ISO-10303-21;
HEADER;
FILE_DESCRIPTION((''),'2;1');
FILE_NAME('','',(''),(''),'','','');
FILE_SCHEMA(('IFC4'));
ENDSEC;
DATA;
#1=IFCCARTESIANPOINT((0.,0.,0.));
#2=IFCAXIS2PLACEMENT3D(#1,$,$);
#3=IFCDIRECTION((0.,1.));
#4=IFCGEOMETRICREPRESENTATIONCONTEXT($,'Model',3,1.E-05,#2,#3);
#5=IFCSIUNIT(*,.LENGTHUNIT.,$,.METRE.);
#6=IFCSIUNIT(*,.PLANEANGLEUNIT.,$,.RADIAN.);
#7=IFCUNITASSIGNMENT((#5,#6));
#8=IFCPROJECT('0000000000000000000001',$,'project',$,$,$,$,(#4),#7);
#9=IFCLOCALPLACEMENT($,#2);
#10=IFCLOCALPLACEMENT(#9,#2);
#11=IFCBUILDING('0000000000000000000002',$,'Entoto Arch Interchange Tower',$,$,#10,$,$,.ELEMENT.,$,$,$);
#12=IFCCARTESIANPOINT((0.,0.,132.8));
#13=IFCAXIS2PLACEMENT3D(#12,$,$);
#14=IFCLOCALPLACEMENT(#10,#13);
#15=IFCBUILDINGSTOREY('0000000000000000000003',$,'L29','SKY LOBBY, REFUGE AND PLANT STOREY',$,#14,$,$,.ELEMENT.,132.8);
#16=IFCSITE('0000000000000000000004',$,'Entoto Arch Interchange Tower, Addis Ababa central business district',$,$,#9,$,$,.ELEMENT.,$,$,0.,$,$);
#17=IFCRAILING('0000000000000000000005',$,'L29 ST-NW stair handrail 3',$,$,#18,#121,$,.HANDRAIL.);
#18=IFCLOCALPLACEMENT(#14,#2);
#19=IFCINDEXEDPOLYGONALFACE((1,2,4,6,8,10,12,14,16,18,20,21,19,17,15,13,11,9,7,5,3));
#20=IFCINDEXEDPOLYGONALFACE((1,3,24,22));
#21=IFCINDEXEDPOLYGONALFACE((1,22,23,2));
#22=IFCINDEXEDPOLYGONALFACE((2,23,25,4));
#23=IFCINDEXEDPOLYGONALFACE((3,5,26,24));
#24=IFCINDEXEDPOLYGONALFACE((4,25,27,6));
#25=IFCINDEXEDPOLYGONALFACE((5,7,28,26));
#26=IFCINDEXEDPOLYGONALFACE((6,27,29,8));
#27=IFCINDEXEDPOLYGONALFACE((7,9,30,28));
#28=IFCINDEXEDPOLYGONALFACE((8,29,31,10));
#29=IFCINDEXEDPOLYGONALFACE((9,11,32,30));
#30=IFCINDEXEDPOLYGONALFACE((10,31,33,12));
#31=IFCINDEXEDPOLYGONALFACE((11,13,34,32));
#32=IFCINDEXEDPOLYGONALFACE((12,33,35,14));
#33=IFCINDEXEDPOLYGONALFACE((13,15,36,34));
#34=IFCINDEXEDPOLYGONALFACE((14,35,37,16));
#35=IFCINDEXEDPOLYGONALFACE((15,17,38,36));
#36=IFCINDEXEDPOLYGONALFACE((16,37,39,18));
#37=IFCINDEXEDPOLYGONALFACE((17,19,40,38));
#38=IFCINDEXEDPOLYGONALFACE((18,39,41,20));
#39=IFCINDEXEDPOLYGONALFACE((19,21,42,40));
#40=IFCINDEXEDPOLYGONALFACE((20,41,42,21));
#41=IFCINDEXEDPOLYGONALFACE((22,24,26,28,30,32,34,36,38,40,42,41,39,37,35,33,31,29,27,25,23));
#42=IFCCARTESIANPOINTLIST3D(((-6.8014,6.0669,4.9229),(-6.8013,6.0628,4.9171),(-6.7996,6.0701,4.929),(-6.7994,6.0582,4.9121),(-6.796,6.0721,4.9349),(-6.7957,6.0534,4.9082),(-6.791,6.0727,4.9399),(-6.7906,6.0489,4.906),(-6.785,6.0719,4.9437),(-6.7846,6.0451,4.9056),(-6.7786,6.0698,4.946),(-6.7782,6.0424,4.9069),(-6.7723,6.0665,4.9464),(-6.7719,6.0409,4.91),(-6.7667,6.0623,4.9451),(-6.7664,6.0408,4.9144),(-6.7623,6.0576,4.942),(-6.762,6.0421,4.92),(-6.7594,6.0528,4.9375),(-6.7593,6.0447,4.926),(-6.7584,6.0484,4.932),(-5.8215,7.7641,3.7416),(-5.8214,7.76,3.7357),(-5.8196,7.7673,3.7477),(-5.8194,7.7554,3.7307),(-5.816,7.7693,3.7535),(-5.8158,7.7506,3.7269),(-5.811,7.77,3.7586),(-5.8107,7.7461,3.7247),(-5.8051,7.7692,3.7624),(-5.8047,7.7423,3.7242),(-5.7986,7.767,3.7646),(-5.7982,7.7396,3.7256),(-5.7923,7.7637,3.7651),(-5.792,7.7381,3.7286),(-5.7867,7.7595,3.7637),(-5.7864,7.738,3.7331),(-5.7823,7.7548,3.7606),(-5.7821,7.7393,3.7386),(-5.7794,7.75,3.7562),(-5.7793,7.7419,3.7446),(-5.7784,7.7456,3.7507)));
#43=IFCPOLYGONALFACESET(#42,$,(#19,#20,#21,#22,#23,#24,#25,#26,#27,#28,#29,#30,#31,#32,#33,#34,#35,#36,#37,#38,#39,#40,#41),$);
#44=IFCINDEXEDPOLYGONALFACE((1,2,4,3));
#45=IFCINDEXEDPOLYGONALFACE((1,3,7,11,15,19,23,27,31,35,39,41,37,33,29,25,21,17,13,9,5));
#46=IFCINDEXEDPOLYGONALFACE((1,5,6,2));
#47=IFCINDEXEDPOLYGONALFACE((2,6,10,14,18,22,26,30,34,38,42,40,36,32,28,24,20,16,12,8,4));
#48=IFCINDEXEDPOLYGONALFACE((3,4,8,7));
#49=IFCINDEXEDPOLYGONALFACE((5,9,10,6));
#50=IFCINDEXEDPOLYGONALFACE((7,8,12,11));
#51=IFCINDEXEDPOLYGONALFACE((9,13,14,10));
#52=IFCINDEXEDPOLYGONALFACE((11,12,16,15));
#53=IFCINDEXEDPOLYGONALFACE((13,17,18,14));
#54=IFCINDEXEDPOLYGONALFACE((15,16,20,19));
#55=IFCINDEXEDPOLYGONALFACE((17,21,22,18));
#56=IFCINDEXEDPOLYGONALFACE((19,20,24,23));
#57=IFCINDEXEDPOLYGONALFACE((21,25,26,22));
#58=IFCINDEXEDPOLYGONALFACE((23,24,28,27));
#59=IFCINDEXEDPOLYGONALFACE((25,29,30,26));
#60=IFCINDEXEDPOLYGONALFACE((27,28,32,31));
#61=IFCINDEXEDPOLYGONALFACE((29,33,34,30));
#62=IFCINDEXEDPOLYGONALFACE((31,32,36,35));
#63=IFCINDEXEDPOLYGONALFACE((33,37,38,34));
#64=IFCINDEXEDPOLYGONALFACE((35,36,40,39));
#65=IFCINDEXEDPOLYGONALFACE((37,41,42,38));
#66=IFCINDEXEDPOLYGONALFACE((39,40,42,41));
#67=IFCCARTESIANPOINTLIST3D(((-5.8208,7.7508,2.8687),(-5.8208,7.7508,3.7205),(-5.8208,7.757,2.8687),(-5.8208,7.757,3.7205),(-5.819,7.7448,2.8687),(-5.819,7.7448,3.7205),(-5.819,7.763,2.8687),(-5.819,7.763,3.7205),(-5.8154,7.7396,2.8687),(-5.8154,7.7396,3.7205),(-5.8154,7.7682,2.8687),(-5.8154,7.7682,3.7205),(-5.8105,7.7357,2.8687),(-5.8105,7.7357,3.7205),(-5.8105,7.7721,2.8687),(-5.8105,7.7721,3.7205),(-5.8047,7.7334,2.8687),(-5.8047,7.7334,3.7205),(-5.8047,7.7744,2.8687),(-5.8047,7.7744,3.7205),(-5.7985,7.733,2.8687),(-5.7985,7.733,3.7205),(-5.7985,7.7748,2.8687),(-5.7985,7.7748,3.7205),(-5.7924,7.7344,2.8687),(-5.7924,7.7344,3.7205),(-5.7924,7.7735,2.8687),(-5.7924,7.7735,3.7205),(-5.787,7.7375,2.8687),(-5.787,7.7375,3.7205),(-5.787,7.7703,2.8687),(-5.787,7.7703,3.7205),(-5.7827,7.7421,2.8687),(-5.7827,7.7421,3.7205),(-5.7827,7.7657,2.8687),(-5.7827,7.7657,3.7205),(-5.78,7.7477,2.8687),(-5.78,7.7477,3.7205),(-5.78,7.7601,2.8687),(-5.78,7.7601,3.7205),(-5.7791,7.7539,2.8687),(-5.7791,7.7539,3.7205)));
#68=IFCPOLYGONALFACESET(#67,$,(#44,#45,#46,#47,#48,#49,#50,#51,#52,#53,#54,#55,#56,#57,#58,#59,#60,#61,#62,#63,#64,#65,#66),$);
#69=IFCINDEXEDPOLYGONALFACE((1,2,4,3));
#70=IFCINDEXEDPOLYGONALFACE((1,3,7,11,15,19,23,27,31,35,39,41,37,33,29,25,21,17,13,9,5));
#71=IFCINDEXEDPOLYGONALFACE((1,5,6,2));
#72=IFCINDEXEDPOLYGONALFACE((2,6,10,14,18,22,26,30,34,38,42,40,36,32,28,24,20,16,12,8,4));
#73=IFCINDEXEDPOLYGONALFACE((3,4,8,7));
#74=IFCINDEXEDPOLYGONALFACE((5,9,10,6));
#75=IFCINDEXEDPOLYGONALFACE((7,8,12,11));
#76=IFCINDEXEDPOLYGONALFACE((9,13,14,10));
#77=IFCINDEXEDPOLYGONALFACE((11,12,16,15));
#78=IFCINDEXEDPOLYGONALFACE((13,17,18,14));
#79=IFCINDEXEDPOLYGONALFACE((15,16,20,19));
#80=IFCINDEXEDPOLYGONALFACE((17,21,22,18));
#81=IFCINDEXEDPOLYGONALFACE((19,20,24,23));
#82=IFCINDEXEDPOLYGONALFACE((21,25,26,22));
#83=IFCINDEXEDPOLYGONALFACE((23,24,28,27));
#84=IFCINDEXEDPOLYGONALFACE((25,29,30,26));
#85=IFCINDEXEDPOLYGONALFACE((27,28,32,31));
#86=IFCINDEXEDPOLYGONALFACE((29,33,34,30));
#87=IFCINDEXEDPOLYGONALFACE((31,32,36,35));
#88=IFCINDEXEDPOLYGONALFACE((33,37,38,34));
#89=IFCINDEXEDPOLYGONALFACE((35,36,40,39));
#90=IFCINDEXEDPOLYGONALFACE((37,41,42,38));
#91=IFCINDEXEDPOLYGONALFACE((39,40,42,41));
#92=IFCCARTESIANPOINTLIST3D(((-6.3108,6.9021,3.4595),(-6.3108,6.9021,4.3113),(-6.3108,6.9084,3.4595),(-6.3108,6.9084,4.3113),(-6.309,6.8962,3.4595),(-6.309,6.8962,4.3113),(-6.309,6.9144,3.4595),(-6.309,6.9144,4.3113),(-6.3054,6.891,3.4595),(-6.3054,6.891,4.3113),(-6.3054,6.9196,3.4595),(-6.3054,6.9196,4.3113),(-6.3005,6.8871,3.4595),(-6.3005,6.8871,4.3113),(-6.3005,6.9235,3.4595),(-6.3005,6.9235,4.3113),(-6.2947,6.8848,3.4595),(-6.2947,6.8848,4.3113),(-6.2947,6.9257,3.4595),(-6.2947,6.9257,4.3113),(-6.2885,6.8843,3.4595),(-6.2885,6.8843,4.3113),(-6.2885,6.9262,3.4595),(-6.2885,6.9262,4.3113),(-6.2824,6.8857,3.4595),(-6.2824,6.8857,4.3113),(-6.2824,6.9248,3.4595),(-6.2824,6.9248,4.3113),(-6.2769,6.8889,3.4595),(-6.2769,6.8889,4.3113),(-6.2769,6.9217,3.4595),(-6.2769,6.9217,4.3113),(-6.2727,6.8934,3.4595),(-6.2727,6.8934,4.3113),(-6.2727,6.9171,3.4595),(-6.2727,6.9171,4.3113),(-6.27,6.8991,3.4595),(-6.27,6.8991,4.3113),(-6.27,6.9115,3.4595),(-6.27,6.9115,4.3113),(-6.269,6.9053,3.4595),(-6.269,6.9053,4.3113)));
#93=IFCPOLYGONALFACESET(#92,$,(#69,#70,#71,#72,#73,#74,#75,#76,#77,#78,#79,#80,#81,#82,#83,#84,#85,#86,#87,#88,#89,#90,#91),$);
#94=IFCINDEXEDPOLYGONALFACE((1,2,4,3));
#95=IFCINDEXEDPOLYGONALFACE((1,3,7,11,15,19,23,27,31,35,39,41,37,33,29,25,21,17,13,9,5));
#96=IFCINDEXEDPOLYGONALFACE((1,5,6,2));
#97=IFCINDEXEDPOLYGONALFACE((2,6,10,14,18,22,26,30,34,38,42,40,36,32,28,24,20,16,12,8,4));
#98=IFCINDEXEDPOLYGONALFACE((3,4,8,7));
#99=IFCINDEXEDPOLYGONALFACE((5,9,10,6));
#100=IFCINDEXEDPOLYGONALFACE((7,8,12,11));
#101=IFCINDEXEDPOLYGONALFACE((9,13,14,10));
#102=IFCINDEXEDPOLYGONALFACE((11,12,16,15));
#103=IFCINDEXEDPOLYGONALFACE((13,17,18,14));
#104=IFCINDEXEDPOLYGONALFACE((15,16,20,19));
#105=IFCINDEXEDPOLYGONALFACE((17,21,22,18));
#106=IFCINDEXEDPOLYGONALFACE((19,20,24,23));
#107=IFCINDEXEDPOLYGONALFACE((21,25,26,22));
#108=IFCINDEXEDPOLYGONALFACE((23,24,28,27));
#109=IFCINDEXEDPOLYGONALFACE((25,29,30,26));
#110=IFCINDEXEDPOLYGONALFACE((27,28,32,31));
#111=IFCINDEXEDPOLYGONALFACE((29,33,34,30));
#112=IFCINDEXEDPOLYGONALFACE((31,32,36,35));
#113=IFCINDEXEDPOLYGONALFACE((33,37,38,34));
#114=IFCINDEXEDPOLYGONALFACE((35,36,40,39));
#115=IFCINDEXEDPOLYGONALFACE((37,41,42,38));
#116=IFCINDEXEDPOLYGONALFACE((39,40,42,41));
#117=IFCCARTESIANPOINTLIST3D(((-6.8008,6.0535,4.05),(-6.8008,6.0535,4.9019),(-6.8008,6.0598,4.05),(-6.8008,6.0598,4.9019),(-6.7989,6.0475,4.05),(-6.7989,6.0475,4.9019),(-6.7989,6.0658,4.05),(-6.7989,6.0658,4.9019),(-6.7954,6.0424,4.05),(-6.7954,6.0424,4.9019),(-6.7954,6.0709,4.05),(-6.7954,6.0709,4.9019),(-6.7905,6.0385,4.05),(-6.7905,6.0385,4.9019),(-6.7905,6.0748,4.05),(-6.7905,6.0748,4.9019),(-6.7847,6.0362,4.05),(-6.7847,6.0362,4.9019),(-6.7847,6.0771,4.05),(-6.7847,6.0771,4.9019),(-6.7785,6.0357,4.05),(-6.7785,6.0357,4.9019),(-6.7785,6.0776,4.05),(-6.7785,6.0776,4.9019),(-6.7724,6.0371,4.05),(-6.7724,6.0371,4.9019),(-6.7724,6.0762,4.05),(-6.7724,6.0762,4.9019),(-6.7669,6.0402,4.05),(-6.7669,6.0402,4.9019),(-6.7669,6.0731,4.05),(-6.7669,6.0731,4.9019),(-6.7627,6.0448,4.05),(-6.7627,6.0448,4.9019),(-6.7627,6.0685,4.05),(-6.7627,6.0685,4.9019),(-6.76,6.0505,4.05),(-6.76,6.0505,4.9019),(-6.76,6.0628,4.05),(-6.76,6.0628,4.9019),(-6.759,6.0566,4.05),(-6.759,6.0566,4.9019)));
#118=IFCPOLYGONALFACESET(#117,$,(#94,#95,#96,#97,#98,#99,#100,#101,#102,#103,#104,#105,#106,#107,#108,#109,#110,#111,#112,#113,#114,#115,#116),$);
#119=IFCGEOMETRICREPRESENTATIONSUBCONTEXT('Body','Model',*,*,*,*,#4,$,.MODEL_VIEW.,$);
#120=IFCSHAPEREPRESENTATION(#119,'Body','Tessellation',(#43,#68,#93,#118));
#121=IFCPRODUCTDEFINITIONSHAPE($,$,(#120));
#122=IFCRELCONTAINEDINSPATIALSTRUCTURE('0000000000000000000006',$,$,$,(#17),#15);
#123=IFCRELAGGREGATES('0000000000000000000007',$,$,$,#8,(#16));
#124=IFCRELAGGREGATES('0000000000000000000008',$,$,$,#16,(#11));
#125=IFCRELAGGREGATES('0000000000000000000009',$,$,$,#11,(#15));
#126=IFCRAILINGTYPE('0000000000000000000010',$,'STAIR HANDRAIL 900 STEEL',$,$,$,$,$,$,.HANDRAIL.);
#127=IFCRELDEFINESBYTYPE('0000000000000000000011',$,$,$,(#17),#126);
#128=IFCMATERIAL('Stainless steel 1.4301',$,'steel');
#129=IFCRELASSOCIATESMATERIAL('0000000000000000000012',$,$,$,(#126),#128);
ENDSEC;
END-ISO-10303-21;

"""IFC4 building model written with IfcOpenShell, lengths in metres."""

from ifc_helpers import new_model, si_unit, direction, frame, origin, origin_2d, place, context, subcontext, project, spatial, circle, extrude, material, type_object, element, save


model = new_model("IFC4")

# Units and contexts
model_context = context("Model", 3, precision=1e-05, world=origin(), true_north=direction((0.0, 1.0)))
body_context = subcontext(model_context, "Body", "Model", "MODEL_VIEW")
ifc_project = project(units=[si_unit("LENGTHUNIT", "METRE"), si_unit("PLANEANGLEUNIT", "RADIAN")], contexts=[model_context])

# Site, building, storey
site_placement = place(None, origin())
site = spatial("IfcSite", under=ifc_project, at=site_placement, Name="Entoto Arch Interchange Tower, Addis Ababa central business district", CompositionType="ELEMENT", RefElevation=0.0)
building_placement = place(site_placement, origin())
building = spatial("IfcBuilding", under=site, at=building_placement, Name="Entoto Arch Interchange Tower", CompositionType="ELEMENT")
storey_placement = place(building_placement, frame((0.0, 0.0, 132.8)))
storey = spatial("IfcBuildingStorey", under=building, at=storey_placement, Name="L29", Description="SKY LOBBY, REFUGE AND PLANT STOREY", CompositionType="ELEMENT", Elevation=132.8)

# Railing
ifc_material_1 = material(Name="Stainless steel 1.4301", Category="steel")
railing_type_1 = type_object("IfcRailingType", Name="STAIR HANDRAIL 900 STEEL", PredefinedType="HANDRAIL", material=ifc_material_1)
railing_1_placement = place(storey_placement, frame((-5.8, 7.7539, 2.8687)))
element("IfcRailing", 1, at=railing_1_placement, inside=storey, type_object=railing_type_1, Name="L29 ST-NW stair handrail 3", PredefinedType="HANDRAIL", context=body_context, shape_type="SweptSolid", body=[
    extrude(circle(Radius=0.0239, at=origin_2d()), frame((0.0, 0.0, 0.876), z_axis=(-0.428238, -0.741683, 0.516255), x_axis=(0.866011, -0.500024, 0.0)), (0.0, 0.0, 1.0), 2.2883),
    extrude(circle(Radius=0.021, at=origin_2d()), origin(), (0.0, 0.0, 1.0), 0.8518),
    extrude(circle(Radius=0.021, at=origin_2d()), frame((-0.49, -0.8486, 0.5908)), (0.0, 0.0, 1.0), 0.8518),
    extrude(circle(Radius=0.021, at=origin_2d()), frame((-0.98, -1.6973, 1.1814)), (0.0, 0.0, 1.0), 0.8518),
])

save(model, "model.ifc")
